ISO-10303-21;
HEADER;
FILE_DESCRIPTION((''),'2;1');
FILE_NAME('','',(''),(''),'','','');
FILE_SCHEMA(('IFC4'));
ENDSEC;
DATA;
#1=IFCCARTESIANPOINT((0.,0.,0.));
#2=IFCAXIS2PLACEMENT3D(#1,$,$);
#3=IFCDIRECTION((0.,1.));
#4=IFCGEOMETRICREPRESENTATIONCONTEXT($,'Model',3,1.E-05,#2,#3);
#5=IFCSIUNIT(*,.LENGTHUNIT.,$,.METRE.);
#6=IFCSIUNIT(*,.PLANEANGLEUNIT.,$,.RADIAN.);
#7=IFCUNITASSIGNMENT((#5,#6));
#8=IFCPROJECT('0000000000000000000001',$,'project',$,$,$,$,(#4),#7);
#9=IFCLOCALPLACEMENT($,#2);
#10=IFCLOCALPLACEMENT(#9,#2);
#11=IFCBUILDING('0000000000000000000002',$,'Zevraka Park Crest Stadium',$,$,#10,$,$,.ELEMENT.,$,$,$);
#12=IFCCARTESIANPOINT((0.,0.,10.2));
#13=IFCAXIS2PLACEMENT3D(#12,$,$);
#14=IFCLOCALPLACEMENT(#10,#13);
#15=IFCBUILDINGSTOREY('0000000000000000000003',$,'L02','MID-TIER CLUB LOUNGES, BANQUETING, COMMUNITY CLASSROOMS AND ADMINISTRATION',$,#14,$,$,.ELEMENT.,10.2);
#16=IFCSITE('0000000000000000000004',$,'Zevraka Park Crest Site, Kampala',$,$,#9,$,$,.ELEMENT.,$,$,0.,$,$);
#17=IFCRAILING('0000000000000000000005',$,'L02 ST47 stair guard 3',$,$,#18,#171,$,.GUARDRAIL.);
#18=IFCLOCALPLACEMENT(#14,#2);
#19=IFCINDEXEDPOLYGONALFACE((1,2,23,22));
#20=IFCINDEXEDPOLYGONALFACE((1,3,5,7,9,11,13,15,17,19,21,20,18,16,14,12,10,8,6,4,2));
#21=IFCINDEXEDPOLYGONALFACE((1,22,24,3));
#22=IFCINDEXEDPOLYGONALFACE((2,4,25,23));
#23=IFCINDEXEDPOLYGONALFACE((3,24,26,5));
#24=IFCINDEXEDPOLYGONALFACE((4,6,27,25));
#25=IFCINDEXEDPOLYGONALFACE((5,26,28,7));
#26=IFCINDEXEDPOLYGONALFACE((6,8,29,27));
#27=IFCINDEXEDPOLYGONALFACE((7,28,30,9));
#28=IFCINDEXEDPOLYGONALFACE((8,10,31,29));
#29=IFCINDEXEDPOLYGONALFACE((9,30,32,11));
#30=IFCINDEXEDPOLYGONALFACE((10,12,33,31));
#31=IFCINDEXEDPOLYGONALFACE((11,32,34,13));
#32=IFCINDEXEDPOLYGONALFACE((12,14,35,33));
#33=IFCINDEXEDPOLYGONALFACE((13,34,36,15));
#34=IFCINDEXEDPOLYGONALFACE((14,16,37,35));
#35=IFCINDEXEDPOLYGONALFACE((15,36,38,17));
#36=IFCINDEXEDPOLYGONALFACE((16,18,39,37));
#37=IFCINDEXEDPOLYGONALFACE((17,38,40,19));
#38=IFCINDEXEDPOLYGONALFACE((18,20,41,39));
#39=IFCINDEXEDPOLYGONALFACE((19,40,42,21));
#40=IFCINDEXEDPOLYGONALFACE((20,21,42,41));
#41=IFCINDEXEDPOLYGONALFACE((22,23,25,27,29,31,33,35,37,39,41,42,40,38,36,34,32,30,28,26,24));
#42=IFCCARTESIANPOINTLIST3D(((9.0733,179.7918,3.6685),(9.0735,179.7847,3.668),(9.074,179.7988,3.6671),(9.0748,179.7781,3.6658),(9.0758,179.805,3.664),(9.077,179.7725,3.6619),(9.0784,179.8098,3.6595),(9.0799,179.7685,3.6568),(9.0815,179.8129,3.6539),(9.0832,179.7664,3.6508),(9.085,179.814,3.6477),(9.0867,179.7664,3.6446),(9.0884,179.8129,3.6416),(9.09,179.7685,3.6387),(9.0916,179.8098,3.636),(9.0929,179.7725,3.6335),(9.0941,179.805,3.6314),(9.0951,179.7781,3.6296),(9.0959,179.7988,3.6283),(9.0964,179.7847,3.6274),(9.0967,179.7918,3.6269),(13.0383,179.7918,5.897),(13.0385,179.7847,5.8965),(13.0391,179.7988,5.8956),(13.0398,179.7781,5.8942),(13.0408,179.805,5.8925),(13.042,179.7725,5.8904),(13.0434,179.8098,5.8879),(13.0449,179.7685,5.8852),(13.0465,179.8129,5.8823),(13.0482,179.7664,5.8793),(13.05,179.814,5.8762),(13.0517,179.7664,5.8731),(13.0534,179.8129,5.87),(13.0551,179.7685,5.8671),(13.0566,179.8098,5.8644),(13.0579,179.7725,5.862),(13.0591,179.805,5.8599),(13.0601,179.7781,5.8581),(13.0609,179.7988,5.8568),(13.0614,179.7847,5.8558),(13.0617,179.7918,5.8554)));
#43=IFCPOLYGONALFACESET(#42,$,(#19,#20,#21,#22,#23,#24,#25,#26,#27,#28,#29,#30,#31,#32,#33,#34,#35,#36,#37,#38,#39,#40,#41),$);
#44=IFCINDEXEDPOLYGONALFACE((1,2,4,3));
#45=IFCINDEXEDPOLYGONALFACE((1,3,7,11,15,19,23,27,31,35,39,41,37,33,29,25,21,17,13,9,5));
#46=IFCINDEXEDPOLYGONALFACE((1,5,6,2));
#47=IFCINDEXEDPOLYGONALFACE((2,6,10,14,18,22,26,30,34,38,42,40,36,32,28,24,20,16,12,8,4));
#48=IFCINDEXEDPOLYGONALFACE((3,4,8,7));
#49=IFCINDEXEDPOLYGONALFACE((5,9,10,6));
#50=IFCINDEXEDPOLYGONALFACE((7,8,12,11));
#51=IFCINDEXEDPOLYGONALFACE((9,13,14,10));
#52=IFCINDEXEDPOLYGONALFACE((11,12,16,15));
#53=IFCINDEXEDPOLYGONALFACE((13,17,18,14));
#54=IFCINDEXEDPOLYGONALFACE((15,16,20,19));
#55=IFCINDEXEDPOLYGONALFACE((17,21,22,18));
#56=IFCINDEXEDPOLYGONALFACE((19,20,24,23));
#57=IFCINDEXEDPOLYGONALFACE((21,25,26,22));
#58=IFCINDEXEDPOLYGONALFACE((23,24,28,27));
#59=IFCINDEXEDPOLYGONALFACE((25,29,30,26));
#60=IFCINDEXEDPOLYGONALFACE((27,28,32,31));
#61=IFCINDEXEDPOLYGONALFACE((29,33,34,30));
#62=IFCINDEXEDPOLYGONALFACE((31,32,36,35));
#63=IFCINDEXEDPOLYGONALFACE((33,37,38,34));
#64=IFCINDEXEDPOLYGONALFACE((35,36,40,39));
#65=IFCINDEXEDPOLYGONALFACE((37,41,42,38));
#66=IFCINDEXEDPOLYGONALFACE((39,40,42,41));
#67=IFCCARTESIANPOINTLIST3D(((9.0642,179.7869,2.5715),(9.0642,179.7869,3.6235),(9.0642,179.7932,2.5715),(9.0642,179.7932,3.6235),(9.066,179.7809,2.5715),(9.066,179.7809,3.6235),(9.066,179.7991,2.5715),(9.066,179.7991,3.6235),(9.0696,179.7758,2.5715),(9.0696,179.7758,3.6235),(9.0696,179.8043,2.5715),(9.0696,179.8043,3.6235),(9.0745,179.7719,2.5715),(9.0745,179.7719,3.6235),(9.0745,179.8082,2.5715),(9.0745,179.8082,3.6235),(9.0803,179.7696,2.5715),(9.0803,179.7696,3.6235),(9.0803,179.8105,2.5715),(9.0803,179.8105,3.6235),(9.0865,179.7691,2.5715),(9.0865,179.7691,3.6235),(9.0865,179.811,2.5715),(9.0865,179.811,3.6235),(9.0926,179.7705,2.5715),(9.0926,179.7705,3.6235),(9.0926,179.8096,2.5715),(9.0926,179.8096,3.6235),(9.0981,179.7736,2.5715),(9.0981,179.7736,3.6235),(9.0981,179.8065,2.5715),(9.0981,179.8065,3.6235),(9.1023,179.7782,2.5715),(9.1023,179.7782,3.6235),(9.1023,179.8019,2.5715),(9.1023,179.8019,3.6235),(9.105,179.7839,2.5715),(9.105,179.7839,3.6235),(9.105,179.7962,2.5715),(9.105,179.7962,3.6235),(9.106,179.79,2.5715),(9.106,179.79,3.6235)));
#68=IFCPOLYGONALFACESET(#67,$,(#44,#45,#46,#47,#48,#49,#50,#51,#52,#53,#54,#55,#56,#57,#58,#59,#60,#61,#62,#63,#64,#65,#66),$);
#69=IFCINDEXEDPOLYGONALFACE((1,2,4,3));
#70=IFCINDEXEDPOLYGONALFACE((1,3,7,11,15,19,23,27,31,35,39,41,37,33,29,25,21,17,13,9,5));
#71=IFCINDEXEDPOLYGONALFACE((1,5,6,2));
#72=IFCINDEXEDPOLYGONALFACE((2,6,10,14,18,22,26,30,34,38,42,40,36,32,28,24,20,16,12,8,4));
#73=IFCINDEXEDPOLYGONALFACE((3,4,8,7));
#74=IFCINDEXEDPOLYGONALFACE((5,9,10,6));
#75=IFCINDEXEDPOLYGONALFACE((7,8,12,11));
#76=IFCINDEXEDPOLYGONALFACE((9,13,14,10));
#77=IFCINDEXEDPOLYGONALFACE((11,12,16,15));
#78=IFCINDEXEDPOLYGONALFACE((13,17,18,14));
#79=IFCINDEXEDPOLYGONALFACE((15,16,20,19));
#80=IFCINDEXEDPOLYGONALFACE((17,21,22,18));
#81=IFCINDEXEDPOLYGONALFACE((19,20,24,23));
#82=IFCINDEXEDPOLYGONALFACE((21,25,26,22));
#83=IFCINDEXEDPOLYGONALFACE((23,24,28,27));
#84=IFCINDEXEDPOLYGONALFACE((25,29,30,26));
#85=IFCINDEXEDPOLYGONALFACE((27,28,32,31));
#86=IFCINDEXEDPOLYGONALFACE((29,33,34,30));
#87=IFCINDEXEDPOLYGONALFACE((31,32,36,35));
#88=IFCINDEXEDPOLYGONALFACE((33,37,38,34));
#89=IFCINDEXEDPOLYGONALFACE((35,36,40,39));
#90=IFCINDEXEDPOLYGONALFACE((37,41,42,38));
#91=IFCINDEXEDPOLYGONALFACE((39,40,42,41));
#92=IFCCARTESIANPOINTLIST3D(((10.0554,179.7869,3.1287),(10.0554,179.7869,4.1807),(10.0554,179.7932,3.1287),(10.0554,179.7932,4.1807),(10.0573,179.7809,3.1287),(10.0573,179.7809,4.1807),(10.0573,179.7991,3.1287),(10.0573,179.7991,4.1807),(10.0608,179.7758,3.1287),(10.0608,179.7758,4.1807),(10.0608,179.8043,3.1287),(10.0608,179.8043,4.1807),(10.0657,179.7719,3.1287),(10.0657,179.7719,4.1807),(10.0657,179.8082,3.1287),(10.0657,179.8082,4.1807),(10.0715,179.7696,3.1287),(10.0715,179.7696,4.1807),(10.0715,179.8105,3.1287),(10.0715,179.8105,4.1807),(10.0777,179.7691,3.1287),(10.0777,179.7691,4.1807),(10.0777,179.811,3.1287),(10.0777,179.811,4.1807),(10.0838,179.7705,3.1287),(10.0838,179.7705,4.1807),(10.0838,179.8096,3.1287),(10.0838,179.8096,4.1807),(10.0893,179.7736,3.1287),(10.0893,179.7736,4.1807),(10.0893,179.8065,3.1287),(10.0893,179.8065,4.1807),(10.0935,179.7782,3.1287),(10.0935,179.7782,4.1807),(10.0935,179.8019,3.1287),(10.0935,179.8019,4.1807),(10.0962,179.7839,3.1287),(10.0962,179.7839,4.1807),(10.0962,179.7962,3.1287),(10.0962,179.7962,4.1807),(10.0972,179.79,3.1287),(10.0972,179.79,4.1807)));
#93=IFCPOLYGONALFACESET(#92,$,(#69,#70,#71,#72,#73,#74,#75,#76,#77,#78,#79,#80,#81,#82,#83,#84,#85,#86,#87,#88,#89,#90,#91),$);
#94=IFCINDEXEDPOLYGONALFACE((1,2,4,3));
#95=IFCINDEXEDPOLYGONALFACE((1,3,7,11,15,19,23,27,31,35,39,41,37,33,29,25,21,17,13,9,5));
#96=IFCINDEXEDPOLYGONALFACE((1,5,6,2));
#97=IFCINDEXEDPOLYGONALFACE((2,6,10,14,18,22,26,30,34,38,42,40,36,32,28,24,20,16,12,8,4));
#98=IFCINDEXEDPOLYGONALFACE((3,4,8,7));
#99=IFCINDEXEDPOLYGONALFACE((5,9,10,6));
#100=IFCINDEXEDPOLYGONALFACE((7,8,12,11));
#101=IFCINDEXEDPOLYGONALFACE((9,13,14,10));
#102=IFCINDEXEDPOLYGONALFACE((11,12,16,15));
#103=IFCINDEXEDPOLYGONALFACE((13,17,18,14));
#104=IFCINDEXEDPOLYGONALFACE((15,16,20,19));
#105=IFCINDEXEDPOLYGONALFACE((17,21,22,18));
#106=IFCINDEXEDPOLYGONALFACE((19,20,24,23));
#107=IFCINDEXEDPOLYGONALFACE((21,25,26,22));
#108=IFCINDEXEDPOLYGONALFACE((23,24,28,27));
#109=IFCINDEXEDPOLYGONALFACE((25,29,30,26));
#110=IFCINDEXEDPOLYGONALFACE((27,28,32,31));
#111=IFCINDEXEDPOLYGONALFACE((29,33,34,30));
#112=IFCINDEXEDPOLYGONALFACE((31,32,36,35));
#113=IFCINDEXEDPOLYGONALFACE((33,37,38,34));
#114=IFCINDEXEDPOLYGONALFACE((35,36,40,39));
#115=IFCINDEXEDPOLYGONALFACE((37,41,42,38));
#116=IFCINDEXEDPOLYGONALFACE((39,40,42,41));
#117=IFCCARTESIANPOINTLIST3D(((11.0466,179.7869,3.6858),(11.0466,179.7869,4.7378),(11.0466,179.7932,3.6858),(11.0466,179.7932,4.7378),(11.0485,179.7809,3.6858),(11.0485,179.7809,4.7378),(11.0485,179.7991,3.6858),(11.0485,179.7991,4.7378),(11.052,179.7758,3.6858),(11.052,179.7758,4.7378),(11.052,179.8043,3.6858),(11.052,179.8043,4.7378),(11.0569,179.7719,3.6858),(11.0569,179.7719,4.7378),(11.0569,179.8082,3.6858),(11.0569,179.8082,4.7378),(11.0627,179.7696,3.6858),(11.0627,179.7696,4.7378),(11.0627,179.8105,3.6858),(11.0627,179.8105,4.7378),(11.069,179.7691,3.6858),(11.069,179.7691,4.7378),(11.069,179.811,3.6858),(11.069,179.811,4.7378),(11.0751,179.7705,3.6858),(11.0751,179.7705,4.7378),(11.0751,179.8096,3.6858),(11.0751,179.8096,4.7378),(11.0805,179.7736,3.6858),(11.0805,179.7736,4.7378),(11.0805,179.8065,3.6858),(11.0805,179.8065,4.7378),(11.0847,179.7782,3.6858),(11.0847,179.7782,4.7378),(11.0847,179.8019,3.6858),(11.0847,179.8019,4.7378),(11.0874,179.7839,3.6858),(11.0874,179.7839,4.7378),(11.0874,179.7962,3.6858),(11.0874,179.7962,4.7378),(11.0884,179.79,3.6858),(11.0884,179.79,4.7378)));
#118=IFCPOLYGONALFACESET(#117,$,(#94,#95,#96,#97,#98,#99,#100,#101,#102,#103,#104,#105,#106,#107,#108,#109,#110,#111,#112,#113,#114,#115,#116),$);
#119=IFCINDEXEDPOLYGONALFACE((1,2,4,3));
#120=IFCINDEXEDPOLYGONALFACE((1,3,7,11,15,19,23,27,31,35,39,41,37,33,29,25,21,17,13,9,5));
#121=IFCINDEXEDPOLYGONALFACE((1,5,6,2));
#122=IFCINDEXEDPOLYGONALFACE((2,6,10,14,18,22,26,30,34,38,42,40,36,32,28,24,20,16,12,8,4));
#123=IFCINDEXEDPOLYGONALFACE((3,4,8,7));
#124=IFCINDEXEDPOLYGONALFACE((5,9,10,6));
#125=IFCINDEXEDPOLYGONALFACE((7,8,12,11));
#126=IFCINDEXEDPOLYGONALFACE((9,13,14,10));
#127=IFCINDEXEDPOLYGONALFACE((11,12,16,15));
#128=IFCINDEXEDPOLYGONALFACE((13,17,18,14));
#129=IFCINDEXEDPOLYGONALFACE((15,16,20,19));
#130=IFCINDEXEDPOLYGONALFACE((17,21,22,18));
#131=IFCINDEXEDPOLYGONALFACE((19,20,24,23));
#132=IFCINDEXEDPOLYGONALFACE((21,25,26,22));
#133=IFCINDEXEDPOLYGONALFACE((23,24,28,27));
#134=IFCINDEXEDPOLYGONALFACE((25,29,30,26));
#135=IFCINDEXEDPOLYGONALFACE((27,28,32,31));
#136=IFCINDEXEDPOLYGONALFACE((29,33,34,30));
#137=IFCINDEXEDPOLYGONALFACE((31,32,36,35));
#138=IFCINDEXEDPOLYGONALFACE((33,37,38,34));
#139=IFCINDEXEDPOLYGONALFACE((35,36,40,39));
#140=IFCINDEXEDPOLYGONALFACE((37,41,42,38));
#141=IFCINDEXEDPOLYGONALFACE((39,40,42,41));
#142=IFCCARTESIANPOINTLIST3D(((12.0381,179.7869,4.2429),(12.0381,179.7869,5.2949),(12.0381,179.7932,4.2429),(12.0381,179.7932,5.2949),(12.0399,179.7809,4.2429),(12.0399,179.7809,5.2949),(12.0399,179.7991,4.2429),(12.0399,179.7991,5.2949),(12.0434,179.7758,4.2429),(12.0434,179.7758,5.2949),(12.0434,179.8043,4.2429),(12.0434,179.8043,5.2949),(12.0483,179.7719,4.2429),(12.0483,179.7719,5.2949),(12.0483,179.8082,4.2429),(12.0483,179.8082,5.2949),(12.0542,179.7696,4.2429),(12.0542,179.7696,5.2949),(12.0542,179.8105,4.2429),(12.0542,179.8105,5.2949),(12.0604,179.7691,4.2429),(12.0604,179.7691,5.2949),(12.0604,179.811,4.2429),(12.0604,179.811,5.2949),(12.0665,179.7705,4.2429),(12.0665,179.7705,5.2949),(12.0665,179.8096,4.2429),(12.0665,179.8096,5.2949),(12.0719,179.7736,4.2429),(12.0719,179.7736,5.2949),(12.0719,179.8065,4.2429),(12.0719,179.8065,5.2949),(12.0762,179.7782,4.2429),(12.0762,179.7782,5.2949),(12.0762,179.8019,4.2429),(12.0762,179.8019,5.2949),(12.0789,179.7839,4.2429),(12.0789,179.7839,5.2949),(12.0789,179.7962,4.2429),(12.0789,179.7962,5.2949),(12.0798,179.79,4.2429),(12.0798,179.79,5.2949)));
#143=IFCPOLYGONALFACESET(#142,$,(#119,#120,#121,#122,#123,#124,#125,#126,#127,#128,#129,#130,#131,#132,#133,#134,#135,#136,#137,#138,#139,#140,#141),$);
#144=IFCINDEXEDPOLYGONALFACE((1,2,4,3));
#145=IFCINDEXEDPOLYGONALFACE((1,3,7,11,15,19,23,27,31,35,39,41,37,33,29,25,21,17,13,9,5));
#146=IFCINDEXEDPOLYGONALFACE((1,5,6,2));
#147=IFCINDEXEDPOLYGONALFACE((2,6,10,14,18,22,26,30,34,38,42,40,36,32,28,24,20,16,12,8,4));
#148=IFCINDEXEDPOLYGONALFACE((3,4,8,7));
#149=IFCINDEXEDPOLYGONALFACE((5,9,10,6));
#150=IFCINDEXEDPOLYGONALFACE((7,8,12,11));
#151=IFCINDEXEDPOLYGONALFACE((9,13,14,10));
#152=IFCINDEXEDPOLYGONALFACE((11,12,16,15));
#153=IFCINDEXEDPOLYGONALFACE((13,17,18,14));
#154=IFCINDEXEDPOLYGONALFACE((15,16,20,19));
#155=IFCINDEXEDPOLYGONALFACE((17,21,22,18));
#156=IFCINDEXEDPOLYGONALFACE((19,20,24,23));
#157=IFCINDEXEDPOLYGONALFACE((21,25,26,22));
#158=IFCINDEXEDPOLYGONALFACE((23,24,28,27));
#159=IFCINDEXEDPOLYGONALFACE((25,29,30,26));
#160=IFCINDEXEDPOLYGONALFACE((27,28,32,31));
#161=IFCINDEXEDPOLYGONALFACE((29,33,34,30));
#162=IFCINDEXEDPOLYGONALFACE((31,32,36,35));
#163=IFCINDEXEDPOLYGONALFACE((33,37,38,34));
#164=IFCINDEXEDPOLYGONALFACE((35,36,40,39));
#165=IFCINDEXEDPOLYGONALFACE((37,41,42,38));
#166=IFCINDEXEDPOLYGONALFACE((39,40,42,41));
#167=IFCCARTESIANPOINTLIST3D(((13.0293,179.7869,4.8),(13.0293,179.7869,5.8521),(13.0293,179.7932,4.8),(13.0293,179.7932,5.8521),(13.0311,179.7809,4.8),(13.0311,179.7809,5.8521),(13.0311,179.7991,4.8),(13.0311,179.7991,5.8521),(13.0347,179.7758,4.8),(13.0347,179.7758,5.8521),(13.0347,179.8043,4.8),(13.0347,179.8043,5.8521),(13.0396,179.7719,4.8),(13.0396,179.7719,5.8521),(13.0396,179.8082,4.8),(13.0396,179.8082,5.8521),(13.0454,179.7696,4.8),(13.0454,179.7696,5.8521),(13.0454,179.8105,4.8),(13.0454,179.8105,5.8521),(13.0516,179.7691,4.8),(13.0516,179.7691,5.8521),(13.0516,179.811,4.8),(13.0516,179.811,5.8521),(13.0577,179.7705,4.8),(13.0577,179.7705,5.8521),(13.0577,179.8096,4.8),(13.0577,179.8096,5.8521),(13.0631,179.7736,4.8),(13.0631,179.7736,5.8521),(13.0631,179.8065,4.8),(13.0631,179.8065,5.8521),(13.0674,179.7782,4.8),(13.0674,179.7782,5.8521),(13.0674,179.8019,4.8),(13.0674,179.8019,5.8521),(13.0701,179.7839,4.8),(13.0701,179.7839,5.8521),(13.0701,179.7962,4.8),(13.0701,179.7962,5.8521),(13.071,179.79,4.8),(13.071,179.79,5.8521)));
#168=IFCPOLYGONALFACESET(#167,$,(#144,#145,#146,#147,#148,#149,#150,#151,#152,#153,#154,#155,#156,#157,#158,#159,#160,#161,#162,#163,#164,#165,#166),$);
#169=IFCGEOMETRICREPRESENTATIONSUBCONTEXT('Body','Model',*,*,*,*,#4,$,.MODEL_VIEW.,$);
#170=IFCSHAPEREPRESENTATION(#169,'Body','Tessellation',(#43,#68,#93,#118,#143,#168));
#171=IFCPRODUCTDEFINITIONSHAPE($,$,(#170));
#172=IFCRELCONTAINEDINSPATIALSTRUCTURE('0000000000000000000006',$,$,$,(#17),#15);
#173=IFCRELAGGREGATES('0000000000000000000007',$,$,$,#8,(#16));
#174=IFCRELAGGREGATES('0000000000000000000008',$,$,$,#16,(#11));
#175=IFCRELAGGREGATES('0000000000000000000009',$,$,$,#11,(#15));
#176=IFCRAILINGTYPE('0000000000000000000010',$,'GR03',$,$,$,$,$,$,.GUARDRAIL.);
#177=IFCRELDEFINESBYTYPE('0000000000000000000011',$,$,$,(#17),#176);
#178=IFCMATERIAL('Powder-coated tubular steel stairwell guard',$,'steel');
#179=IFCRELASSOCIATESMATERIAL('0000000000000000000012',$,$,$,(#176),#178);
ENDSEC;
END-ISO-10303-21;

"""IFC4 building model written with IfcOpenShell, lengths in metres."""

from ifc_helpers import new_model, si_unit, direction, frame, origin, origin_2d, place, context, subcontext, project, spatial, circle, extrude, material, type_object, element, save


model = new_model("IFC4")

# Units and contexts
model_context = context("Model", 3, precision=1e-05, world=origin(), true_north=direction((0.0, 1.0)))
body_context = subcontext(model_context, "Body", "Model", "MODEL_VIEW")
ifc_project = project(units=[si_unit("LENGTHUNIT", "METRE"), si_unit("PLANEANGLEUNIT", "RADIAN")], contexts=[model_context])

# Site, building, storey
site_placement = place(None, origin())
site = spatial("IfcSite", under=ifc_project, at=site_placement, Name="Zevraka Park Crest Site, Kampala", CompositionType="ELEMENT", RefElevation=0.0)
building_placement = place(site_placement, origin())
building = spatial("IfcBuilding", under=site, at=building_placement, Name="Zevraka Park Crest Stadium", CompositionType="ELEMENT")
storey_placement = place(building_placement, frame((0.0, 0.0, 10.2)))
storey = spatial("IfcBuildingStorey", under=building, at=storey_placement, Name="L02", Description="MID-TIER CLUB LOUNGES, BANQUETING, COMMUNITY CLASSROOMS AND ADMINISTRATION", CompositionType="ELEMENT", Elevation=10.2)

# Railing
ifc_material_1 = material(Name="Powder-coated tubular steel stairwell guard", Category="steel")
railing_type_1 = type_object("IfcRailingType", Name="GR03", PredefinedType="GUARDRAIL", material=ifc_material_1)
railing_1_placement = place(storey_placement, frame((9.085, 179.79, 2.5715)))
element("IfcRailing", 1, at=railing_1_placement, inside=storey, type_object=railing_type_1, Name="L02 ST47 stair guard 3", PredefinedType="GUARDRAIL", context=body_context, shape_type="SweptSolid", body=[
    extrude(circle(Radius=0.0239, at=origin_2d()), frame((0.0, 0.0, 1.0762), z_axis=(0.871749, 0.0, 0.489953), x_axis=(0.0, 1.0, 0.0)), (0.0, 0.0, 1.0), 4.5483),
    extrude(circle(Radius=0.021, at=origin_2d()), origin(), (0.0, 0.0, 1.0), 1.052),
    extrude(circle(Radius=0.021, at=origin_2d()), frame((0.9912, 0.0, 0.5571)), (0.0, 0.0, 1.0), 1.052),
    extrude(circle(Radius=0.021, at=origin_2d()), frame((1.9824, 0.0, 1.1143)), (0.0, 0.0, 1.0), 1.052),
    extrude(circle(Radius=0.021, at=origin_2d()), frame((2.9739, 0.0, 1.6714)), (0.0, 0.0, 1.0), 1.052),
    extrude(circle(Radius=0.021, at=origin_2d()), frame((3.9651, 0.0, 2.2285)), (0.0, 0.0, 1.0), 1.052),
])

save(model, "model.ifc")
